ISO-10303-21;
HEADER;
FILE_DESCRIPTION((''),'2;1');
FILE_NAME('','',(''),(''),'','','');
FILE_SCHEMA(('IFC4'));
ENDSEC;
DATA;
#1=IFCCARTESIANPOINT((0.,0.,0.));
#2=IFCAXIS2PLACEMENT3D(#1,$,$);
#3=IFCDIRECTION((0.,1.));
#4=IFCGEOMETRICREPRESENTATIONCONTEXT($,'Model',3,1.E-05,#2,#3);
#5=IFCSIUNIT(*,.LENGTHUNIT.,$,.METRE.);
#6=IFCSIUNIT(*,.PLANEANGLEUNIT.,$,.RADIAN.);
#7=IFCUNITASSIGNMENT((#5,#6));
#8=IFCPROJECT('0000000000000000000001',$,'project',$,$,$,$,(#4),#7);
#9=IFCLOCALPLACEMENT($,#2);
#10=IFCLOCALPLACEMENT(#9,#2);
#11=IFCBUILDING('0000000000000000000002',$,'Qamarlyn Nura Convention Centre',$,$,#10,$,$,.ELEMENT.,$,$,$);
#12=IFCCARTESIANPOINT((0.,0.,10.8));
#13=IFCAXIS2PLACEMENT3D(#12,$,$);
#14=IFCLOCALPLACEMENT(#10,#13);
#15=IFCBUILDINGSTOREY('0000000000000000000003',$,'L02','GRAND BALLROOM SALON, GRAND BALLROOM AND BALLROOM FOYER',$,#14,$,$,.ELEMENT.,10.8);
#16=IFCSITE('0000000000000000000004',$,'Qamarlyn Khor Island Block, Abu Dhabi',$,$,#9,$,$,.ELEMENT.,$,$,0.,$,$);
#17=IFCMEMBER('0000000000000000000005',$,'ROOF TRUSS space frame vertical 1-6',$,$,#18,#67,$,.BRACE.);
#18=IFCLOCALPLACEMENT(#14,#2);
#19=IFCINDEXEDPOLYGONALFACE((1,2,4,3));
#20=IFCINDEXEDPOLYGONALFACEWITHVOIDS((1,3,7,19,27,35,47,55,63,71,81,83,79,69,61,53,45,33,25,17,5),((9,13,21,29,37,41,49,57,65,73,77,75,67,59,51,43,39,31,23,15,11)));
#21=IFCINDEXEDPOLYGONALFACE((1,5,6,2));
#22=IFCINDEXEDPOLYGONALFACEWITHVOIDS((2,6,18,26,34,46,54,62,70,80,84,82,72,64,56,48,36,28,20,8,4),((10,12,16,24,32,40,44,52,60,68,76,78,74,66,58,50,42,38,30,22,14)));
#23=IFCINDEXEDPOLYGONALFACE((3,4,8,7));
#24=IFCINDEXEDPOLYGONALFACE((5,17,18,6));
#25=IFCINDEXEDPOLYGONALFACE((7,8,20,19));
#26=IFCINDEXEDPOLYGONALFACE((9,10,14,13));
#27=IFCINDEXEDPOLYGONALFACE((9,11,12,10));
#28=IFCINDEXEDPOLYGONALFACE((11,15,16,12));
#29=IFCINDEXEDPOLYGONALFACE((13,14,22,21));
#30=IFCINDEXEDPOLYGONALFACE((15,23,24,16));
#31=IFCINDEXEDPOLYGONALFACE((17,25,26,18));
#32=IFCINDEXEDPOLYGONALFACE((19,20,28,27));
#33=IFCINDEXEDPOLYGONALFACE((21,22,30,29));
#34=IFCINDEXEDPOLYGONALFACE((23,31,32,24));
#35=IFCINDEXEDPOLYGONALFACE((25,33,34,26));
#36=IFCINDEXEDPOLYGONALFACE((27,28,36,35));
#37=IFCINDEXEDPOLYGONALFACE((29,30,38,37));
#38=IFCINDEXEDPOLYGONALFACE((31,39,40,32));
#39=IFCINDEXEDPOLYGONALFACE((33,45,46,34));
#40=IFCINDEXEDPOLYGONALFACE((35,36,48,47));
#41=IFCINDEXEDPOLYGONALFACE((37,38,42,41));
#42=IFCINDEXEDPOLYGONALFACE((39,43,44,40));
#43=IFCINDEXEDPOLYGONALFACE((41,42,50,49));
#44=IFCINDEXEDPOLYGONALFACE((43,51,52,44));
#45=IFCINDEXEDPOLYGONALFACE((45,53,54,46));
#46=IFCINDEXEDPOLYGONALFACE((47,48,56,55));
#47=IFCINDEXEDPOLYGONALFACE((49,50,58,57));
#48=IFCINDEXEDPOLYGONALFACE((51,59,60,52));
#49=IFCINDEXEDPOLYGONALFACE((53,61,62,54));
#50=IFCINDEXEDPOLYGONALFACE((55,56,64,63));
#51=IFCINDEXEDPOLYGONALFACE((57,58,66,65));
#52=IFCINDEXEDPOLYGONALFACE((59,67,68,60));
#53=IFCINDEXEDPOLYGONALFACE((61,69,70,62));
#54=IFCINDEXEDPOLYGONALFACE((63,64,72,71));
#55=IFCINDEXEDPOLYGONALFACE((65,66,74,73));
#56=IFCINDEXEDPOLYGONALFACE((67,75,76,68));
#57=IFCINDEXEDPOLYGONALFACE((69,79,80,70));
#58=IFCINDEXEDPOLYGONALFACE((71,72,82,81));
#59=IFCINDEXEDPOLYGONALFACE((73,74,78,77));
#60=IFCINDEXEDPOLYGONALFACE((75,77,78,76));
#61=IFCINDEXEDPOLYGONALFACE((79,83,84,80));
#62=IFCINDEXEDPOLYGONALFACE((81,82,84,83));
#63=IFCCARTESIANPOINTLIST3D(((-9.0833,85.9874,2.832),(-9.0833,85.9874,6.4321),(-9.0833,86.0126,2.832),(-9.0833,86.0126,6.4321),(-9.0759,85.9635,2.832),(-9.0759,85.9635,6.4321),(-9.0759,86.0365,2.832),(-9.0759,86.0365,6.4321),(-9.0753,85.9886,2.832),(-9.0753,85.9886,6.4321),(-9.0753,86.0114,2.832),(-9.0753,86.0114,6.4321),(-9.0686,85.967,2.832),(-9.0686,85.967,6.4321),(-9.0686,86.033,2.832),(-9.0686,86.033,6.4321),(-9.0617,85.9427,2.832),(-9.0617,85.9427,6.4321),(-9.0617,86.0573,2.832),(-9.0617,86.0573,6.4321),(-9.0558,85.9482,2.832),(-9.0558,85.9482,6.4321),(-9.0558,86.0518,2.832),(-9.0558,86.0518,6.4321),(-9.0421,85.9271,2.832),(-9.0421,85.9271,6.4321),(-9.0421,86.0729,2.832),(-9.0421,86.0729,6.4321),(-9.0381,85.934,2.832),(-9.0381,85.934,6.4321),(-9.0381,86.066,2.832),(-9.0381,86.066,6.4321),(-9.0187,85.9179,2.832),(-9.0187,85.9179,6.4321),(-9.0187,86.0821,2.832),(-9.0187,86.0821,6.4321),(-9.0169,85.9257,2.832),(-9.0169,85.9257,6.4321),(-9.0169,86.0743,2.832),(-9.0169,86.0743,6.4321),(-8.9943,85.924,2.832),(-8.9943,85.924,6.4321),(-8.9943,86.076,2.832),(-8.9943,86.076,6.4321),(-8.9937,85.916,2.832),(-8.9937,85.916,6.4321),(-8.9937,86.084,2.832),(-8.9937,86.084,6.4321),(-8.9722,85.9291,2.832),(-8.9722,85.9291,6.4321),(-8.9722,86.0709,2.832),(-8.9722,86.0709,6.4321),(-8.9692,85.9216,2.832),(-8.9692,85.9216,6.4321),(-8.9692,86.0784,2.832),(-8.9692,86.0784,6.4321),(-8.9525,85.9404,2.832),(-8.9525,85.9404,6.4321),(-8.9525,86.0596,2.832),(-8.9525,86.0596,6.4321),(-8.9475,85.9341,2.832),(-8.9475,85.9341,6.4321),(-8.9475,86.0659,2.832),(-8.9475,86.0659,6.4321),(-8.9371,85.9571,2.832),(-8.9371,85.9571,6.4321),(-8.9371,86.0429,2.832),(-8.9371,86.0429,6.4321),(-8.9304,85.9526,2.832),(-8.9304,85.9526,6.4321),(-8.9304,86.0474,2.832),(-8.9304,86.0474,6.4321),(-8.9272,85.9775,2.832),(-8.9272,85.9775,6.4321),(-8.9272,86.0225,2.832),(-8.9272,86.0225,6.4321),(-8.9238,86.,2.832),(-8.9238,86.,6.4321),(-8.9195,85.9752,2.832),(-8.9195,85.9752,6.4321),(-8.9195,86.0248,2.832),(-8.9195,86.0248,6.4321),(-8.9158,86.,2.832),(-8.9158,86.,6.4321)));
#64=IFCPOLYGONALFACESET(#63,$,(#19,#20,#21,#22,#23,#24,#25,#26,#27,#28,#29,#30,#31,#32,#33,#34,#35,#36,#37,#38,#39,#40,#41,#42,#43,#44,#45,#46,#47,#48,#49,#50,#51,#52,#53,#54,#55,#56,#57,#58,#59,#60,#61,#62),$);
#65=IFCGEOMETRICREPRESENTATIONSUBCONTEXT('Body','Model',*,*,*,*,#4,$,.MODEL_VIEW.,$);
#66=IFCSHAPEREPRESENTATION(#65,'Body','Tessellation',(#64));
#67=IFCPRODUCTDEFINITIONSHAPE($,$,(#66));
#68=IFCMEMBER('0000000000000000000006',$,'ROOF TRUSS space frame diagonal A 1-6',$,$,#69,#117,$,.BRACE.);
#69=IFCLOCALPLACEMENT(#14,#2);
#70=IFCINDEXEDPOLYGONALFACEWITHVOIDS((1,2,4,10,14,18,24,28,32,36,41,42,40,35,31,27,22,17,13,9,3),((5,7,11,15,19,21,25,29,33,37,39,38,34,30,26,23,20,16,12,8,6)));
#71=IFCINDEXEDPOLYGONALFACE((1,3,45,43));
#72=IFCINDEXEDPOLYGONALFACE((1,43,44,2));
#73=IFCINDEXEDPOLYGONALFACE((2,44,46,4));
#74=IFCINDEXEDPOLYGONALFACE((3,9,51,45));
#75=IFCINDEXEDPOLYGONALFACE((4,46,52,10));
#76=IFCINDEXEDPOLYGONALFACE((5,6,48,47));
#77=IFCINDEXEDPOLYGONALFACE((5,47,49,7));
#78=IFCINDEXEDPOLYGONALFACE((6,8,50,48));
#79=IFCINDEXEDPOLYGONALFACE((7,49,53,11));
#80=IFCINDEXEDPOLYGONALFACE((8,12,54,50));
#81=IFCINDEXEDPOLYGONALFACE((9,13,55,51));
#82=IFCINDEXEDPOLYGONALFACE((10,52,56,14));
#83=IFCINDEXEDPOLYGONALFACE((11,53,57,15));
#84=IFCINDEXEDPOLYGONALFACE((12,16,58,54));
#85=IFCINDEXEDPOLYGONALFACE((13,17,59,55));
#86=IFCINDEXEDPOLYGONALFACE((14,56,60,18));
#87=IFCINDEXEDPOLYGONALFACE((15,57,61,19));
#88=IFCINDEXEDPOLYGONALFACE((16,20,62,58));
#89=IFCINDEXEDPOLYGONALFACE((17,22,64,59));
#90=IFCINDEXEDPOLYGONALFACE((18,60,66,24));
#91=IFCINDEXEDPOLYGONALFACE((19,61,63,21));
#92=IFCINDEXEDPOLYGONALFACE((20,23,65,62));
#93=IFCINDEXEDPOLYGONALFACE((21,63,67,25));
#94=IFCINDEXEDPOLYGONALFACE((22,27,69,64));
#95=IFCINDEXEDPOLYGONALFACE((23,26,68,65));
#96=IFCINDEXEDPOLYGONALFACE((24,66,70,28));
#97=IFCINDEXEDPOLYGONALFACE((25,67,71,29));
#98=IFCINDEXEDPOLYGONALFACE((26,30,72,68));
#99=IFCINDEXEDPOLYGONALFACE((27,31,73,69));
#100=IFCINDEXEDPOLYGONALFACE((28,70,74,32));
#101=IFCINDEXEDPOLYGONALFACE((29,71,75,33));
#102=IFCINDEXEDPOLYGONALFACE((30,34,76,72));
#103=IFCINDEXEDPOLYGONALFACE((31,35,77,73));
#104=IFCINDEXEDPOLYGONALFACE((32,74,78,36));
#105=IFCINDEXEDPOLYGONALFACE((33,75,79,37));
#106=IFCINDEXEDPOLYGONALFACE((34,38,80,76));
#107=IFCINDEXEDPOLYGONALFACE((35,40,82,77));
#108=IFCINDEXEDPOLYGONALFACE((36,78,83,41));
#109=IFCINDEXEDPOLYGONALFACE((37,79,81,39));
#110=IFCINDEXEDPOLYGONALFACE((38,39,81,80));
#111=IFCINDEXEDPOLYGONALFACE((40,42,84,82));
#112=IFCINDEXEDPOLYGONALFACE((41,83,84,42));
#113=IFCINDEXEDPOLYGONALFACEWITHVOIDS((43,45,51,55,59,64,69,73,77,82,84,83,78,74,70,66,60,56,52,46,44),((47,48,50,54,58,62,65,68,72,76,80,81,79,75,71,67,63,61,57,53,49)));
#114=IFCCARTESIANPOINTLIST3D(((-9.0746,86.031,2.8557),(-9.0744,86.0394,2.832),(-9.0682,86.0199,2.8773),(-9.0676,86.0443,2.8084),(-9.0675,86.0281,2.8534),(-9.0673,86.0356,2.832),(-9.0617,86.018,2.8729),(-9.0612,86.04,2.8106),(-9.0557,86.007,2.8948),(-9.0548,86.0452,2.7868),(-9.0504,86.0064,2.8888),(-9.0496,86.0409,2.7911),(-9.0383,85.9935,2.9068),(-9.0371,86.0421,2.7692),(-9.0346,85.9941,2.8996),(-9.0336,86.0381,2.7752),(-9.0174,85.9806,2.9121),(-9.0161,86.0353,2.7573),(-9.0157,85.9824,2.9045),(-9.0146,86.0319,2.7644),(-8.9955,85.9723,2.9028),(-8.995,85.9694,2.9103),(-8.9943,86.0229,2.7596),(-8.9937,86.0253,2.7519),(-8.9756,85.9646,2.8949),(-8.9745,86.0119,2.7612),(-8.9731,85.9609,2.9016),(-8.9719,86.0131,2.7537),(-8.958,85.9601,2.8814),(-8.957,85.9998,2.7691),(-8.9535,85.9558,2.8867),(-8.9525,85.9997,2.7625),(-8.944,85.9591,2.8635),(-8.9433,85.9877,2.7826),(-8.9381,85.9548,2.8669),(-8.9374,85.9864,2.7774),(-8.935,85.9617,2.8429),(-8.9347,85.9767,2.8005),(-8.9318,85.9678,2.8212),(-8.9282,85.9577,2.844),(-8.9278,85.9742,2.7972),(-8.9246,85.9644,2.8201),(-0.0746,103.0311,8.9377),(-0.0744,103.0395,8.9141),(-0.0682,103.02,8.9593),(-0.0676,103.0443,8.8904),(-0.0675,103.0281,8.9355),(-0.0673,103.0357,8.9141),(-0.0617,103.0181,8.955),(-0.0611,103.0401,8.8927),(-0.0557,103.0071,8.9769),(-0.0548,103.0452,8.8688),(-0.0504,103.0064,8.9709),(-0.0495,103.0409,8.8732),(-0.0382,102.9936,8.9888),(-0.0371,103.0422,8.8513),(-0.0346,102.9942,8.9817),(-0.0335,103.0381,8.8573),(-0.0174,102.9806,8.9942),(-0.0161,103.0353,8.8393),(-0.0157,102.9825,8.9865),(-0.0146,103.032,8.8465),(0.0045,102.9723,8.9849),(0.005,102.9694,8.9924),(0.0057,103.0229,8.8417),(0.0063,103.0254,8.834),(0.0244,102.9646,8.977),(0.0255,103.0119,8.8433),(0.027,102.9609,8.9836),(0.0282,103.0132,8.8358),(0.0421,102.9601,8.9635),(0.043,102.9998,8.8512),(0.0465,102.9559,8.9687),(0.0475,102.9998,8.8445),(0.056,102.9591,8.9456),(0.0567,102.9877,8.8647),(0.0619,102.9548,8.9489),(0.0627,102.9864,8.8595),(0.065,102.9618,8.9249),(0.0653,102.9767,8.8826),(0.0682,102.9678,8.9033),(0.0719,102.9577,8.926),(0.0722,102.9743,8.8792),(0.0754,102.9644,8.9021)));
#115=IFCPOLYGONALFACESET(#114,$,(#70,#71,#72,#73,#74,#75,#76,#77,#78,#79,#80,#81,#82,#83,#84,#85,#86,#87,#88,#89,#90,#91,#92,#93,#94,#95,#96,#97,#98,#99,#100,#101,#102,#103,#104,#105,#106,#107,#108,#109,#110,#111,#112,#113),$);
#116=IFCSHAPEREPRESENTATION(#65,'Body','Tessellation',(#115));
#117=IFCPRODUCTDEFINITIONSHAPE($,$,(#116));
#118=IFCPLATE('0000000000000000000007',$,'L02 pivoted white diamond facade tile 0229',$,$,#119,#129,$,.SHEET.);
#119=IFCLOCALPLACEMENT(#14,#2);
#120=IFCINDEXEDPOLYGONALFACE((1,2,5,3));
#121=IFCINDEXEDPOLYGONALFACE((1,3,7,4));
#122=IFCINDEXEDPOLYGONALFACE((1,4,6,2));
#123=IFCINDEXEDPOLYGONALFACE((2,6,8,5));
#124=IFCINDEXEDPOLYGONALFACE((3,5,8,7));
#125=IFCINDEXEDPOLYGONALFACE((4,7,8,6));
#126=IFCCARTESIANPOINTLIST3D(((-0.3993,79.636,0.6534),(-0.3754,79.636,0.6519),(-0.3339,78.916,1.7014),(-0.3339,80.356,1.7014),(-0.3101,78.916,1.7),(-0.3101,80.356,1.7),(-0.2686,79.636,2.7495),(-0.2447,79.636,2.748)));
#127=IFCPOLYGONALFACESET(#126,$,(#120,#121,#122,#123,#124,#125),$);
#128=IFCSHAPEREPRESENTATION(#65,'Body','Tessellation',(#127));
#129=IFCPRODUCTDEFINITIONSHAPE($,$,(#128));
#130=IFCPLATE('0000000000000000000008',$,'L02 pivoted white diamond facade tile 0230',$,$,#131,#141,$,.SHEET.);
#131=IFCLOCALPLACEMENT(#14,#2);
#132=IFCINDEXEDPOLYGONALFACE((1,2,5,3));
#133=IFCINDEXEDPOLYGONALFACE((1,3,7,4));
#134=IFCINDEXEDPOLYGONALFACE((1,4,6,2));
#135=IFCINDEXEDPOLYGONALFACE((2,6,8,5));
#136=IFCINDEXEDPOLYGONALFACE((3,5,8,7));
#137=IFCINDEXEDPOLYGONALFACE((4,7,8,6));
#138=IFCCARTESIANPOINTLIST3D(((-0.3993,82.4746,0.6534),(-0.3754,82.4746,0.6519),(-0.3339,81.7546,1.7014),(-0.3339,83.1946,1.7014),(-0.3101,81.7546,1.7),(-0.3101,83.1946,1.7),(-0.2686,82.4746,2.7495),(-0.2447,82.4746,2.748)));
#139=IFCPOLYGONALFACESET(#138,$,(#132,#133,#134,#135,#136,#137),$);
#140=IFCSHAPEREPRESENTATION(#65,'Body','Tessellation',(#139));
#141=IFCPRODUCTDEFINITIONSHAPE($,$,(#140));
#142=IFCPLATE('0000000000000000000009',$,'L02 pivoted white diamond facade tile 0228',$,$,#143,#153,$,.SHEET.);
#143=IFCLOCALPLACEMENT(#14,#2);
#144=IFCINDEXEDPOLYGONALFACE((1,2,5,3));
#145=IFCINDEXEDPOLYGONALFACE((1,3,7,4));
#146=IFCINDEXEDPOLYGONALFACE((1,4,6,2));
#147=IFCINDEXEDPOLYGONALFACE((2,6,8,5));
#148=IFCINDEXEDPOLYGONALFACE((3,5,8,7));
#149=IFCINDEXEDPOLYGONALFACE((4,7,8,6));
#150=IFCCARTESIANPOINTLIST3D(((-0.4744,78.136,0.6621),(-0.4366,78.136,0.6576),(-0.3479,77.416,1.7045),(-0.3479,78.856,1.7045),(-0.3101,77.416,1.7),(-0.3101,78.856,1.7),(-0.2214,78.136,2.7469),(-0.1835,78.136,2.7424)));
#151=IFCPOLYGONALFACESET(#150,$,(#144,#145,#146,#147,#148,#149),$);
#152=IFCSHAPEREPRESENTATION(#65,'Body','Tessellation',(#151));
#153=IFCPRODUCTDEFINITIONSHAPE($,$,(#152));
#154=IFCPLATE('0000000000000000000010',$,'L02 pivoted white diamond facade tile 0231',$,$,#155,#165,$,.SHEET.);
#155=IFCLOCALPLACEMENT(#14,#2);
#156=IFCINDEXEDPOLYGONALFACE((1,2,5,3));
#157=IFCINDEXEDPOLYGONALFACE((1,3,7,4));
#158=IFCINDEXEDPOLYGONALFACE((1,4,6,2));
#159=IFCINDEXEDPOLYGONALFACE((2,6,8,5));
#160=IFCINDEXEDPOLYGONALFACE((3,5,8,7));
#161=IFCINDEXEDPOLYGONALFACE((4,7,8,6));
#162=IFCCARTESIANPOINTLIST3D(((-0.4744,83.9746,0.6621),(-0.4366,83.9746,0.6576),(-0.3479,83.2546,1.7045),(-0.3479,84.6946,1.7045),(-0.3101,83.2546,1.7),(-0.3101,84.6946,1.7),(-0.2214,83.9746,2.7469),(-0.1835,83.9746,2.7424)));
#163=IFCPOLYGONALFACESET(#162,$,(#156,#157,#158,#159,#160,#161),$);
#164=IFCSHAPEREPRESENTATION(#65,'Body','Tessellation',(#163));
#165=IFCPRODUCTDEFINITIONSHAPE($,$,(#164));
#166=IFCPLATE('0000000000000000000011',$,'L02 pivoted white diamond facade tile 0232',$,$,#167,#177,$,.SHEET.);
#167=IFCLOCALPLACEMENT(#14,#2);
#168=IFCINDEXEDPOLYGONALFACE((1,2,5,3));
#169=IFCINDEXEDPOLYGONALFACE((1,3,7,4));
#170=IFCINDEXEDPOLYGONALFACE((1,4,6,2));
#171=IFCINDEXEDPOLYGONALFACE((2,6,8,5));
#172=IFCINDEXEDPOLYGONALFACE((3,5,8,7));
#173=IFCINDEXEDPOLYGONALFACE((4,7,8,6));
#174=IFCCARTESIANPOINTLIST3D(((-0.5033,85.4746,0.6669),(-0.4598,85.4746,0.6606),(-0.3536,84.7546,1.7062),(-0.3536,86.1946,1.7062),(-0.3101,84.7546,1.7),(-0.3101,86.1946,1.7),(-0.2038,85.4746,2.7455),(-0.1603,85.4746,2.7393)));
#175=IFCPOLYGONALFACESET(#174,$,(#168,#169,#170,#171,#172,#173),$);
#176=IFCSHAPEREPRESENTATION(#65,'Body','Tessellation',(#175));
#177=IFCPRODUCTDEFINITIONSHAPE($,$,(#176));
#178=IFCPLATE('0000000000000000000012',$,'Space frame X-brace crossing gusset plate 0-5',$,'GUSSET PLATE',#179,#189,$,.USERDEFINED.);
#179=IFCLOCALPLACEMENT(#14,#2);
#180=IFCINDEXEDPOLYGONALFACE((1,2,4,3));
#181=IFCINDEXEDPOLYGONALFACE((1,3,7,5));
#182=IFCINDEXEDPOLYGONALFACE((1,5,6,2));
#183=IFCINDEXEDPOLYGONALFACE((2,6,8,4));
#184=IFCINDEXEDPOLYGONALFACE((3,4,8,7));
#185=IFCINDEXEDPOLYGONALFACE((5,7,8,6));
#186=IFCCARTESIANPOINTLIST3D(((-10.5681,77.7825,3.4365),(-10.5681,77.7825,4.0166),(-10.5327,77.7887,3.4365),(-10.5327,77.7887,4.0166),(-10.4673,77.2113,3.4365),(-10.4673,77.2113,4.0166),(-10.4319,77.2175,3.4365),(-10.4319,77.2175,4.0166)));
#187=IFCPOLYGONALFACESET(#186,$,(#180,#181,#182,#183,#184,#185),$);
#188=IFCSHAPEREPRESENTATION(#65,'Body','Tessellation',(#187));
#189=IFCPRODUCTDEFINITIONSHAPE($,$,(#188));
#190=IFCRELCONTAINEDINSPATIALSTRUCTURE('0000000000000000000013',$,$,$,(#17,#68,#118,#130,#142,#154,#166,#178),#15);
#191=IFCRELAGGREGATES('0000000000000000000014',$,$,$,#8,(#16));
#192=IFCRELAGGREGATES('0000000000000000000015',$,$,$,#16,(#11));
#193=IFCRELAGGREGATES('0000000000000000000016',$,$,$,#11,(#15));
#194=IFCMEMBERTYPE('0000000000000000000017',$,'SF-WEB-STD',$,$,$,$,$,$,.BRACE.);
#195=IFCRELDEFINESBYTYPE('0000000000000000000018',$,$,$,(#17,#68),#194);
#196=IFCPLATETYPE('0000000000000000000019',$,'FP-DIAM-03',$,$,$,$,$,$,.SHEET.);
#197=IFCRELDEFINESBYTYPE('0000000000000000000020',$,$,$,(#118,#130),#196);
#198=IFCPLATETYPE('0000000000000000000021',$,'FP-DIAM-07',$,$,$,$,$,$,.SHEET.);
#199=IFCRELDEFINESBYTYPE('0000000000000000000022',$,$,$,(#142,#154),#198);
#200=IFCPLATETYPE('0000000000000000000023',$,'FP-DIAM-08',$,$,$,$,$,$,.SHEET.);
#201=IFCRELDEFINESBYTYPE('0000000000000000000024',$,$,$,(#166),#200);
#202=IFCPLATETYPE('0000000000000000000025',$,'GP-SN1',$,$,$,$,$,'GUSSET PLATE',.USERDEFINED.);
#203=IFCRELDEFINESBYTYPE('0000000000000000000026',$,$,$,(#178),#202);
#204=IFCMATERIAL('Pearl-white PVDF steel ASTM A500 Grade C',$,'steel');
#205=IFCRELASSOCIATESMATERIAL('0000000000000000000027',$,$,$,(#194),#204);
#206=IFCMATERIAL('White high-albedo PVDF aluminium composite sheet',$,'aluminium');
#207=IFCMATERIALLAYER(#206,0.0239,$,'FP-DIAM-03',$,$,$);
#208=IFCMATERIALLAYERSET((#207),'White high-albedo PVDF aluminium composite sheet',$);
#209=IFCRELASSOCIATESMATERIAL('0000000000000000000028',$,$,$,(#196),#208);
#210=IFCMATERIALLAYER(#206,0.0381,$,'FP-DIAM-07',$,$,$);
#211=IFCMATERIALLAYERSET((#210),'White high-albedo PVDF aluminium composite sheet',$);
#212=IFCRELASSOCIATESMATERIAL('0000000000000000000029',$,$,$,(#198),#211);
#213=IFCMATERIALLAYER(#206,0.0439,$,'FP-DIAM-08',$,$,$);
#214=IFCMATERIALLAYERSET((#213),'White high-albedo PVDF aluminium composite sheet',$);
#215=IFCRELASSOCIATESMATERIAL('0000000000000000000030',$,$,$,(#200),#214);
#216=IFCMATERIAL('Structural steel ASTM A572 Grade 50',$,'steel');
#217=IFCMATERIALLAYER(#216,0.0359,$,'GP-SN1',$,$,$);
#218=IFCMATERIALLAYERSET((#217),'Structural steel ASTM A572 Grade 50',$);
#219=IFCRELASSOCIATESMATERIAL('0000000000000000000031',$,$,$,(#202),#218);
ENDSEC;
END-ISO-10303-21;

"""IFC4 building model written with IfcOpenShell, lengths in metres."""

from ifc_helpers import new_model, si_unit, direction, frame, origin, origin_2d, place, context, subcontext, project, spatial, polyline, rectangle, hollow_circle, outline, extrude, material, layer, layer_set, material_profile, profile_set, type_object, element, save


model = new_model("IFC4")

# Units and contexts
model_context = context("Model", 3, precision=1e-05, world=origin(), true_north=direction((0.0, 1.0)))
body_context = subcontext(model_context, "Body", "Model", "MODEL_VIEW")
ifc_project = project(units=[si_unit("LENGTHUNIT", "METRE"), si_unit("PLANEANGLEUNIT", "RADIAN")], contexts=[model_context])

# Site, building, storey
site_placement = place(None, origin())
site = spatial("IfcSite", under=ifc_project, at=site_placement, Name="Qamarlyn Khor Island Block, Abu Dhabi", CompositionType="ELEMENT", RefElevation=0.0)
building_placement = place(site_placement, origin())
building = spatial("IfcBuilding", under=site, at=building_placement, Name="Qamarlyn Nura Convention Centre", CompositionType="ELEMENT")
storey_placement = place(building_placement, frame((0.0, 0.0, 10.8)))
storey = spatial("IfcBuildingStorey", under=building, at=storey_placement, Name="L02", Description="GRAND BALLROOM SALON, GRAND BALLROOM AND BALLROOM FOYER", CompositionType="ELEMENT", Elevation=10.8)

# Members
ifc_material_1 = material(Name="Pearl-white PVDF steel ASTM A500 Grade C", Category="steel")
ifc_material_profile_1 = material_profile(ifc_material_1, hollow_circle(Radius=0.0842, WallThickness=0.0081, at=origin_2d()), Name="CHS168.3X8")
ifc_profile_set_1 = profile_set([ifc_material_profile_1], Name="Pearl-white PVDF steel ASTM A500 Grade C")
member_type_1 = type_object("IfcMemberType", Name="SF-WEB-STD", PredefinedType="BRACE", material=ifc_profile_set_1)
member_1_placement = place(storey_placement, frame((-9.0, 86.0, 2.832), z_axis=(0.0, 0.0, 1.0), x_axis=(1.0, 0.0, 0.0)))
element("IfcMember", 1, at=member_1_placement, inside=storey, type_object=member_type_1, Name="ROOF TRUSS space frame vertical 1-6", PredefinedType="BRACE", context=body_context, shape_type="SweptSolid", body=[
    extrude(hollow_circle(Radius=0.0842, WallThickness=0.0081, at=origin_2d()), origin(), (0.0, 0.0, 1.0), 3.6001),
])
member_2_placement = place(storey_placement, frame((-9.0, 86.0, 2.832), z_axis=(0.446118, 0.842668, 0.301478), x_axis=(-0.883788, 0.467888, 0.0)))
element("IfcMember", 2, at=member_2_placement, inside=storey, type_object=member_type_1, Name="ROOF TRUSS space frame diagonal A 1-6", PredefinedType="BRACE", context=body_context, shape_type="SweptSolid", body=[
    extrude(hollow_circle(Radius=0.0842, WallThickness=0.0081, at=origin_2d()), origin(), (0.0, 0.0, 1.0), 20.1741),
])

# Plates
ifc_material_2 = material(Name="White high-albedo PVDF aluminium composite sheet", Category="aluminium")
ifc_layer_1 = layer(ifc_material_2, 0.0239, Name="FP-DIAM-03")
ifc_layer_set_1 = layer_set([ifc_layer_1], Name="White high-albedo PVDF aluminium composite sheet")
plate_type_1 = type_object("IfcPlateType", Name="FP-DIAM-03", PredefinedType="SHEET", material=ifc_layer_set_1)
for number, where, z_axis, x_axis, name in (
    (3, (-0.3101, 79.636, 1.7), (-0.998059, 0.0, 0.062268), (0.0, -1.0, 0.0), "L02 pivoted white diamond facade tile 0229"),
    (4, (-0.3101, 82.4746, 1.7), (-0.998059, 0.0, 0.062268), (0.0, -1.0, 0.0), "L02 pivoted white diamond facade tile 0230"),
):
    element("IfcPlate", number, at=place(storey_placement, frame(where, z_axis=z_axis, x_axis=x_axis)), inside=storey, type_object=plate_type_1, Name=name, PredefinedType="SHEET", context=body_context, shape_type="SweptSolid", body=[
        extrude(outline(polyline([(-0.72, 0.0), (0.0, -1.05), (0.72, 0.0), (0.0, 1.05), (-0.72, 0.0)])), origin(), (0.0, 0.0, 1.0), 0.0239),
    ])
ifc_layer_2 = layer(ifc_material_2, 0.0381, Name="FP-DIAM-07")
ifc_layer_set_2 = layer_set([ifc_layer_2], Name="White high-albedo PVDF aluminium composite sheet")
plate_type_2 = type_object("IfcPlateType", Name="FP-DIAM-07", PredefinedType="SHEET", material=ifc_layer_set_2)
for number, where, z_axis, x_axis, name in (
    (5, (-0.3101, 78.136, 1.7), (-0.992715, 0.0, 0.120483), (0.0, -1.0, 0.0), "L02 pivoted white diamond facade tile 0228"),
    (6, (-0.3101, 83.9746, 1.7), (-0.992715, 0.0, 0.120483), (0.0, -1.0, 0.0), "L02 pivoted white diamond facade tile 0231"),
):
    element("IfcPlate", number, at=place(storey_placement, frame(where, z_axis=z_axis, x_axis=x_axis)), inside=storey, type_object=plate_type_2, Name=name, PredefinedType="SHEET", context=body_context, shape_type="SweptSolid", body=[
        extrude(outline(polyline([(-0.72, 0.0), (0.0, -1.05), (0.72, 0.0), (0.0, 1.05), (-0.72, 0.0)])), origin(), (0.0, 0.0, 1.0), 0.0381),
    ])
ifc_layer_3 = layer(ifc_material_2, 0.0439, Name="FP-DIAM-08")
ifc_layer_set_3 = layer_set([ifc_layer_3], Name="White high-albedo PVDF aluminium composite sheet")
plate_type_3 = type_object("IfcPlateType", Name="FP-DIAM-08", PredefinedType="SHEET", material=ifc_layer_set_3)
plate_1_placement = place(storey_placement, frame((-0.3101, 85.4746, 1.7), z_axis=(-0.989776, 0.0, 0.142629), x_axis=(0.0, -1.0, 0.0)))
element("IfcPlate", 7, at=plate_1_placement, inside=storey, type_object=plate_type_3, Name="L02 pivoted white diamond facade tile 0232", PredefinedType="SHEET", context=body_context, shape_type="SweptSolid", body=[
    extrude(outline(polyline([(-0.72, 0.0), (0.0, -1.05), (0.72, 0.0), (0.0, 1.05), (-0.72, 0.0)])), origin(), (0.0, 0.0, 1.0), 0.0439),
])
ifc_material_3 = material(Name="Structural steel ASTM A572 Grade 50", Category="steel")
ifc_layer_4 = layer(ifc_material_3, 0.0359, Name="GP-SN1")
ifc_layer_set_4 = layer_set([ifc_layer_4], Name="Structural steel ASTM A572 Grade 50")
plate_type_4 = type_object("IfcPlateType", Name="GP-SN1", ElementType="GUSSET PLATE", PredefinedType="USERDEFINED", material=ifc_layer_set_4)
for number, where, z_axis, x_axis, name in (
    (8, (-10.5, 77.5, 3.4365), (0.0, 0.0, 1.0), (-0.173786, 0.984783, 0.0), "Space frame X-brace crossing gusset plate 0-5"),
):
    element("IfcPlate", number, at=place(storey_placement, frame(where, z_axis=z_axis, x_axis=x_axis)), inside=storey, type_object=plate_type_4, Name=name, ObjectType="GUSSET PLATE", PredefinedType="USERDEFINED", context=body_context, shape_type="SweptSolid", body=[
        extrude(rectangle(XDim=0.5801, YDim=0.0359, at=origin_2d()), origin(), (0.0, 0.0, 1.0), 0.5801),
    ])

save(model, "model.ifc")
